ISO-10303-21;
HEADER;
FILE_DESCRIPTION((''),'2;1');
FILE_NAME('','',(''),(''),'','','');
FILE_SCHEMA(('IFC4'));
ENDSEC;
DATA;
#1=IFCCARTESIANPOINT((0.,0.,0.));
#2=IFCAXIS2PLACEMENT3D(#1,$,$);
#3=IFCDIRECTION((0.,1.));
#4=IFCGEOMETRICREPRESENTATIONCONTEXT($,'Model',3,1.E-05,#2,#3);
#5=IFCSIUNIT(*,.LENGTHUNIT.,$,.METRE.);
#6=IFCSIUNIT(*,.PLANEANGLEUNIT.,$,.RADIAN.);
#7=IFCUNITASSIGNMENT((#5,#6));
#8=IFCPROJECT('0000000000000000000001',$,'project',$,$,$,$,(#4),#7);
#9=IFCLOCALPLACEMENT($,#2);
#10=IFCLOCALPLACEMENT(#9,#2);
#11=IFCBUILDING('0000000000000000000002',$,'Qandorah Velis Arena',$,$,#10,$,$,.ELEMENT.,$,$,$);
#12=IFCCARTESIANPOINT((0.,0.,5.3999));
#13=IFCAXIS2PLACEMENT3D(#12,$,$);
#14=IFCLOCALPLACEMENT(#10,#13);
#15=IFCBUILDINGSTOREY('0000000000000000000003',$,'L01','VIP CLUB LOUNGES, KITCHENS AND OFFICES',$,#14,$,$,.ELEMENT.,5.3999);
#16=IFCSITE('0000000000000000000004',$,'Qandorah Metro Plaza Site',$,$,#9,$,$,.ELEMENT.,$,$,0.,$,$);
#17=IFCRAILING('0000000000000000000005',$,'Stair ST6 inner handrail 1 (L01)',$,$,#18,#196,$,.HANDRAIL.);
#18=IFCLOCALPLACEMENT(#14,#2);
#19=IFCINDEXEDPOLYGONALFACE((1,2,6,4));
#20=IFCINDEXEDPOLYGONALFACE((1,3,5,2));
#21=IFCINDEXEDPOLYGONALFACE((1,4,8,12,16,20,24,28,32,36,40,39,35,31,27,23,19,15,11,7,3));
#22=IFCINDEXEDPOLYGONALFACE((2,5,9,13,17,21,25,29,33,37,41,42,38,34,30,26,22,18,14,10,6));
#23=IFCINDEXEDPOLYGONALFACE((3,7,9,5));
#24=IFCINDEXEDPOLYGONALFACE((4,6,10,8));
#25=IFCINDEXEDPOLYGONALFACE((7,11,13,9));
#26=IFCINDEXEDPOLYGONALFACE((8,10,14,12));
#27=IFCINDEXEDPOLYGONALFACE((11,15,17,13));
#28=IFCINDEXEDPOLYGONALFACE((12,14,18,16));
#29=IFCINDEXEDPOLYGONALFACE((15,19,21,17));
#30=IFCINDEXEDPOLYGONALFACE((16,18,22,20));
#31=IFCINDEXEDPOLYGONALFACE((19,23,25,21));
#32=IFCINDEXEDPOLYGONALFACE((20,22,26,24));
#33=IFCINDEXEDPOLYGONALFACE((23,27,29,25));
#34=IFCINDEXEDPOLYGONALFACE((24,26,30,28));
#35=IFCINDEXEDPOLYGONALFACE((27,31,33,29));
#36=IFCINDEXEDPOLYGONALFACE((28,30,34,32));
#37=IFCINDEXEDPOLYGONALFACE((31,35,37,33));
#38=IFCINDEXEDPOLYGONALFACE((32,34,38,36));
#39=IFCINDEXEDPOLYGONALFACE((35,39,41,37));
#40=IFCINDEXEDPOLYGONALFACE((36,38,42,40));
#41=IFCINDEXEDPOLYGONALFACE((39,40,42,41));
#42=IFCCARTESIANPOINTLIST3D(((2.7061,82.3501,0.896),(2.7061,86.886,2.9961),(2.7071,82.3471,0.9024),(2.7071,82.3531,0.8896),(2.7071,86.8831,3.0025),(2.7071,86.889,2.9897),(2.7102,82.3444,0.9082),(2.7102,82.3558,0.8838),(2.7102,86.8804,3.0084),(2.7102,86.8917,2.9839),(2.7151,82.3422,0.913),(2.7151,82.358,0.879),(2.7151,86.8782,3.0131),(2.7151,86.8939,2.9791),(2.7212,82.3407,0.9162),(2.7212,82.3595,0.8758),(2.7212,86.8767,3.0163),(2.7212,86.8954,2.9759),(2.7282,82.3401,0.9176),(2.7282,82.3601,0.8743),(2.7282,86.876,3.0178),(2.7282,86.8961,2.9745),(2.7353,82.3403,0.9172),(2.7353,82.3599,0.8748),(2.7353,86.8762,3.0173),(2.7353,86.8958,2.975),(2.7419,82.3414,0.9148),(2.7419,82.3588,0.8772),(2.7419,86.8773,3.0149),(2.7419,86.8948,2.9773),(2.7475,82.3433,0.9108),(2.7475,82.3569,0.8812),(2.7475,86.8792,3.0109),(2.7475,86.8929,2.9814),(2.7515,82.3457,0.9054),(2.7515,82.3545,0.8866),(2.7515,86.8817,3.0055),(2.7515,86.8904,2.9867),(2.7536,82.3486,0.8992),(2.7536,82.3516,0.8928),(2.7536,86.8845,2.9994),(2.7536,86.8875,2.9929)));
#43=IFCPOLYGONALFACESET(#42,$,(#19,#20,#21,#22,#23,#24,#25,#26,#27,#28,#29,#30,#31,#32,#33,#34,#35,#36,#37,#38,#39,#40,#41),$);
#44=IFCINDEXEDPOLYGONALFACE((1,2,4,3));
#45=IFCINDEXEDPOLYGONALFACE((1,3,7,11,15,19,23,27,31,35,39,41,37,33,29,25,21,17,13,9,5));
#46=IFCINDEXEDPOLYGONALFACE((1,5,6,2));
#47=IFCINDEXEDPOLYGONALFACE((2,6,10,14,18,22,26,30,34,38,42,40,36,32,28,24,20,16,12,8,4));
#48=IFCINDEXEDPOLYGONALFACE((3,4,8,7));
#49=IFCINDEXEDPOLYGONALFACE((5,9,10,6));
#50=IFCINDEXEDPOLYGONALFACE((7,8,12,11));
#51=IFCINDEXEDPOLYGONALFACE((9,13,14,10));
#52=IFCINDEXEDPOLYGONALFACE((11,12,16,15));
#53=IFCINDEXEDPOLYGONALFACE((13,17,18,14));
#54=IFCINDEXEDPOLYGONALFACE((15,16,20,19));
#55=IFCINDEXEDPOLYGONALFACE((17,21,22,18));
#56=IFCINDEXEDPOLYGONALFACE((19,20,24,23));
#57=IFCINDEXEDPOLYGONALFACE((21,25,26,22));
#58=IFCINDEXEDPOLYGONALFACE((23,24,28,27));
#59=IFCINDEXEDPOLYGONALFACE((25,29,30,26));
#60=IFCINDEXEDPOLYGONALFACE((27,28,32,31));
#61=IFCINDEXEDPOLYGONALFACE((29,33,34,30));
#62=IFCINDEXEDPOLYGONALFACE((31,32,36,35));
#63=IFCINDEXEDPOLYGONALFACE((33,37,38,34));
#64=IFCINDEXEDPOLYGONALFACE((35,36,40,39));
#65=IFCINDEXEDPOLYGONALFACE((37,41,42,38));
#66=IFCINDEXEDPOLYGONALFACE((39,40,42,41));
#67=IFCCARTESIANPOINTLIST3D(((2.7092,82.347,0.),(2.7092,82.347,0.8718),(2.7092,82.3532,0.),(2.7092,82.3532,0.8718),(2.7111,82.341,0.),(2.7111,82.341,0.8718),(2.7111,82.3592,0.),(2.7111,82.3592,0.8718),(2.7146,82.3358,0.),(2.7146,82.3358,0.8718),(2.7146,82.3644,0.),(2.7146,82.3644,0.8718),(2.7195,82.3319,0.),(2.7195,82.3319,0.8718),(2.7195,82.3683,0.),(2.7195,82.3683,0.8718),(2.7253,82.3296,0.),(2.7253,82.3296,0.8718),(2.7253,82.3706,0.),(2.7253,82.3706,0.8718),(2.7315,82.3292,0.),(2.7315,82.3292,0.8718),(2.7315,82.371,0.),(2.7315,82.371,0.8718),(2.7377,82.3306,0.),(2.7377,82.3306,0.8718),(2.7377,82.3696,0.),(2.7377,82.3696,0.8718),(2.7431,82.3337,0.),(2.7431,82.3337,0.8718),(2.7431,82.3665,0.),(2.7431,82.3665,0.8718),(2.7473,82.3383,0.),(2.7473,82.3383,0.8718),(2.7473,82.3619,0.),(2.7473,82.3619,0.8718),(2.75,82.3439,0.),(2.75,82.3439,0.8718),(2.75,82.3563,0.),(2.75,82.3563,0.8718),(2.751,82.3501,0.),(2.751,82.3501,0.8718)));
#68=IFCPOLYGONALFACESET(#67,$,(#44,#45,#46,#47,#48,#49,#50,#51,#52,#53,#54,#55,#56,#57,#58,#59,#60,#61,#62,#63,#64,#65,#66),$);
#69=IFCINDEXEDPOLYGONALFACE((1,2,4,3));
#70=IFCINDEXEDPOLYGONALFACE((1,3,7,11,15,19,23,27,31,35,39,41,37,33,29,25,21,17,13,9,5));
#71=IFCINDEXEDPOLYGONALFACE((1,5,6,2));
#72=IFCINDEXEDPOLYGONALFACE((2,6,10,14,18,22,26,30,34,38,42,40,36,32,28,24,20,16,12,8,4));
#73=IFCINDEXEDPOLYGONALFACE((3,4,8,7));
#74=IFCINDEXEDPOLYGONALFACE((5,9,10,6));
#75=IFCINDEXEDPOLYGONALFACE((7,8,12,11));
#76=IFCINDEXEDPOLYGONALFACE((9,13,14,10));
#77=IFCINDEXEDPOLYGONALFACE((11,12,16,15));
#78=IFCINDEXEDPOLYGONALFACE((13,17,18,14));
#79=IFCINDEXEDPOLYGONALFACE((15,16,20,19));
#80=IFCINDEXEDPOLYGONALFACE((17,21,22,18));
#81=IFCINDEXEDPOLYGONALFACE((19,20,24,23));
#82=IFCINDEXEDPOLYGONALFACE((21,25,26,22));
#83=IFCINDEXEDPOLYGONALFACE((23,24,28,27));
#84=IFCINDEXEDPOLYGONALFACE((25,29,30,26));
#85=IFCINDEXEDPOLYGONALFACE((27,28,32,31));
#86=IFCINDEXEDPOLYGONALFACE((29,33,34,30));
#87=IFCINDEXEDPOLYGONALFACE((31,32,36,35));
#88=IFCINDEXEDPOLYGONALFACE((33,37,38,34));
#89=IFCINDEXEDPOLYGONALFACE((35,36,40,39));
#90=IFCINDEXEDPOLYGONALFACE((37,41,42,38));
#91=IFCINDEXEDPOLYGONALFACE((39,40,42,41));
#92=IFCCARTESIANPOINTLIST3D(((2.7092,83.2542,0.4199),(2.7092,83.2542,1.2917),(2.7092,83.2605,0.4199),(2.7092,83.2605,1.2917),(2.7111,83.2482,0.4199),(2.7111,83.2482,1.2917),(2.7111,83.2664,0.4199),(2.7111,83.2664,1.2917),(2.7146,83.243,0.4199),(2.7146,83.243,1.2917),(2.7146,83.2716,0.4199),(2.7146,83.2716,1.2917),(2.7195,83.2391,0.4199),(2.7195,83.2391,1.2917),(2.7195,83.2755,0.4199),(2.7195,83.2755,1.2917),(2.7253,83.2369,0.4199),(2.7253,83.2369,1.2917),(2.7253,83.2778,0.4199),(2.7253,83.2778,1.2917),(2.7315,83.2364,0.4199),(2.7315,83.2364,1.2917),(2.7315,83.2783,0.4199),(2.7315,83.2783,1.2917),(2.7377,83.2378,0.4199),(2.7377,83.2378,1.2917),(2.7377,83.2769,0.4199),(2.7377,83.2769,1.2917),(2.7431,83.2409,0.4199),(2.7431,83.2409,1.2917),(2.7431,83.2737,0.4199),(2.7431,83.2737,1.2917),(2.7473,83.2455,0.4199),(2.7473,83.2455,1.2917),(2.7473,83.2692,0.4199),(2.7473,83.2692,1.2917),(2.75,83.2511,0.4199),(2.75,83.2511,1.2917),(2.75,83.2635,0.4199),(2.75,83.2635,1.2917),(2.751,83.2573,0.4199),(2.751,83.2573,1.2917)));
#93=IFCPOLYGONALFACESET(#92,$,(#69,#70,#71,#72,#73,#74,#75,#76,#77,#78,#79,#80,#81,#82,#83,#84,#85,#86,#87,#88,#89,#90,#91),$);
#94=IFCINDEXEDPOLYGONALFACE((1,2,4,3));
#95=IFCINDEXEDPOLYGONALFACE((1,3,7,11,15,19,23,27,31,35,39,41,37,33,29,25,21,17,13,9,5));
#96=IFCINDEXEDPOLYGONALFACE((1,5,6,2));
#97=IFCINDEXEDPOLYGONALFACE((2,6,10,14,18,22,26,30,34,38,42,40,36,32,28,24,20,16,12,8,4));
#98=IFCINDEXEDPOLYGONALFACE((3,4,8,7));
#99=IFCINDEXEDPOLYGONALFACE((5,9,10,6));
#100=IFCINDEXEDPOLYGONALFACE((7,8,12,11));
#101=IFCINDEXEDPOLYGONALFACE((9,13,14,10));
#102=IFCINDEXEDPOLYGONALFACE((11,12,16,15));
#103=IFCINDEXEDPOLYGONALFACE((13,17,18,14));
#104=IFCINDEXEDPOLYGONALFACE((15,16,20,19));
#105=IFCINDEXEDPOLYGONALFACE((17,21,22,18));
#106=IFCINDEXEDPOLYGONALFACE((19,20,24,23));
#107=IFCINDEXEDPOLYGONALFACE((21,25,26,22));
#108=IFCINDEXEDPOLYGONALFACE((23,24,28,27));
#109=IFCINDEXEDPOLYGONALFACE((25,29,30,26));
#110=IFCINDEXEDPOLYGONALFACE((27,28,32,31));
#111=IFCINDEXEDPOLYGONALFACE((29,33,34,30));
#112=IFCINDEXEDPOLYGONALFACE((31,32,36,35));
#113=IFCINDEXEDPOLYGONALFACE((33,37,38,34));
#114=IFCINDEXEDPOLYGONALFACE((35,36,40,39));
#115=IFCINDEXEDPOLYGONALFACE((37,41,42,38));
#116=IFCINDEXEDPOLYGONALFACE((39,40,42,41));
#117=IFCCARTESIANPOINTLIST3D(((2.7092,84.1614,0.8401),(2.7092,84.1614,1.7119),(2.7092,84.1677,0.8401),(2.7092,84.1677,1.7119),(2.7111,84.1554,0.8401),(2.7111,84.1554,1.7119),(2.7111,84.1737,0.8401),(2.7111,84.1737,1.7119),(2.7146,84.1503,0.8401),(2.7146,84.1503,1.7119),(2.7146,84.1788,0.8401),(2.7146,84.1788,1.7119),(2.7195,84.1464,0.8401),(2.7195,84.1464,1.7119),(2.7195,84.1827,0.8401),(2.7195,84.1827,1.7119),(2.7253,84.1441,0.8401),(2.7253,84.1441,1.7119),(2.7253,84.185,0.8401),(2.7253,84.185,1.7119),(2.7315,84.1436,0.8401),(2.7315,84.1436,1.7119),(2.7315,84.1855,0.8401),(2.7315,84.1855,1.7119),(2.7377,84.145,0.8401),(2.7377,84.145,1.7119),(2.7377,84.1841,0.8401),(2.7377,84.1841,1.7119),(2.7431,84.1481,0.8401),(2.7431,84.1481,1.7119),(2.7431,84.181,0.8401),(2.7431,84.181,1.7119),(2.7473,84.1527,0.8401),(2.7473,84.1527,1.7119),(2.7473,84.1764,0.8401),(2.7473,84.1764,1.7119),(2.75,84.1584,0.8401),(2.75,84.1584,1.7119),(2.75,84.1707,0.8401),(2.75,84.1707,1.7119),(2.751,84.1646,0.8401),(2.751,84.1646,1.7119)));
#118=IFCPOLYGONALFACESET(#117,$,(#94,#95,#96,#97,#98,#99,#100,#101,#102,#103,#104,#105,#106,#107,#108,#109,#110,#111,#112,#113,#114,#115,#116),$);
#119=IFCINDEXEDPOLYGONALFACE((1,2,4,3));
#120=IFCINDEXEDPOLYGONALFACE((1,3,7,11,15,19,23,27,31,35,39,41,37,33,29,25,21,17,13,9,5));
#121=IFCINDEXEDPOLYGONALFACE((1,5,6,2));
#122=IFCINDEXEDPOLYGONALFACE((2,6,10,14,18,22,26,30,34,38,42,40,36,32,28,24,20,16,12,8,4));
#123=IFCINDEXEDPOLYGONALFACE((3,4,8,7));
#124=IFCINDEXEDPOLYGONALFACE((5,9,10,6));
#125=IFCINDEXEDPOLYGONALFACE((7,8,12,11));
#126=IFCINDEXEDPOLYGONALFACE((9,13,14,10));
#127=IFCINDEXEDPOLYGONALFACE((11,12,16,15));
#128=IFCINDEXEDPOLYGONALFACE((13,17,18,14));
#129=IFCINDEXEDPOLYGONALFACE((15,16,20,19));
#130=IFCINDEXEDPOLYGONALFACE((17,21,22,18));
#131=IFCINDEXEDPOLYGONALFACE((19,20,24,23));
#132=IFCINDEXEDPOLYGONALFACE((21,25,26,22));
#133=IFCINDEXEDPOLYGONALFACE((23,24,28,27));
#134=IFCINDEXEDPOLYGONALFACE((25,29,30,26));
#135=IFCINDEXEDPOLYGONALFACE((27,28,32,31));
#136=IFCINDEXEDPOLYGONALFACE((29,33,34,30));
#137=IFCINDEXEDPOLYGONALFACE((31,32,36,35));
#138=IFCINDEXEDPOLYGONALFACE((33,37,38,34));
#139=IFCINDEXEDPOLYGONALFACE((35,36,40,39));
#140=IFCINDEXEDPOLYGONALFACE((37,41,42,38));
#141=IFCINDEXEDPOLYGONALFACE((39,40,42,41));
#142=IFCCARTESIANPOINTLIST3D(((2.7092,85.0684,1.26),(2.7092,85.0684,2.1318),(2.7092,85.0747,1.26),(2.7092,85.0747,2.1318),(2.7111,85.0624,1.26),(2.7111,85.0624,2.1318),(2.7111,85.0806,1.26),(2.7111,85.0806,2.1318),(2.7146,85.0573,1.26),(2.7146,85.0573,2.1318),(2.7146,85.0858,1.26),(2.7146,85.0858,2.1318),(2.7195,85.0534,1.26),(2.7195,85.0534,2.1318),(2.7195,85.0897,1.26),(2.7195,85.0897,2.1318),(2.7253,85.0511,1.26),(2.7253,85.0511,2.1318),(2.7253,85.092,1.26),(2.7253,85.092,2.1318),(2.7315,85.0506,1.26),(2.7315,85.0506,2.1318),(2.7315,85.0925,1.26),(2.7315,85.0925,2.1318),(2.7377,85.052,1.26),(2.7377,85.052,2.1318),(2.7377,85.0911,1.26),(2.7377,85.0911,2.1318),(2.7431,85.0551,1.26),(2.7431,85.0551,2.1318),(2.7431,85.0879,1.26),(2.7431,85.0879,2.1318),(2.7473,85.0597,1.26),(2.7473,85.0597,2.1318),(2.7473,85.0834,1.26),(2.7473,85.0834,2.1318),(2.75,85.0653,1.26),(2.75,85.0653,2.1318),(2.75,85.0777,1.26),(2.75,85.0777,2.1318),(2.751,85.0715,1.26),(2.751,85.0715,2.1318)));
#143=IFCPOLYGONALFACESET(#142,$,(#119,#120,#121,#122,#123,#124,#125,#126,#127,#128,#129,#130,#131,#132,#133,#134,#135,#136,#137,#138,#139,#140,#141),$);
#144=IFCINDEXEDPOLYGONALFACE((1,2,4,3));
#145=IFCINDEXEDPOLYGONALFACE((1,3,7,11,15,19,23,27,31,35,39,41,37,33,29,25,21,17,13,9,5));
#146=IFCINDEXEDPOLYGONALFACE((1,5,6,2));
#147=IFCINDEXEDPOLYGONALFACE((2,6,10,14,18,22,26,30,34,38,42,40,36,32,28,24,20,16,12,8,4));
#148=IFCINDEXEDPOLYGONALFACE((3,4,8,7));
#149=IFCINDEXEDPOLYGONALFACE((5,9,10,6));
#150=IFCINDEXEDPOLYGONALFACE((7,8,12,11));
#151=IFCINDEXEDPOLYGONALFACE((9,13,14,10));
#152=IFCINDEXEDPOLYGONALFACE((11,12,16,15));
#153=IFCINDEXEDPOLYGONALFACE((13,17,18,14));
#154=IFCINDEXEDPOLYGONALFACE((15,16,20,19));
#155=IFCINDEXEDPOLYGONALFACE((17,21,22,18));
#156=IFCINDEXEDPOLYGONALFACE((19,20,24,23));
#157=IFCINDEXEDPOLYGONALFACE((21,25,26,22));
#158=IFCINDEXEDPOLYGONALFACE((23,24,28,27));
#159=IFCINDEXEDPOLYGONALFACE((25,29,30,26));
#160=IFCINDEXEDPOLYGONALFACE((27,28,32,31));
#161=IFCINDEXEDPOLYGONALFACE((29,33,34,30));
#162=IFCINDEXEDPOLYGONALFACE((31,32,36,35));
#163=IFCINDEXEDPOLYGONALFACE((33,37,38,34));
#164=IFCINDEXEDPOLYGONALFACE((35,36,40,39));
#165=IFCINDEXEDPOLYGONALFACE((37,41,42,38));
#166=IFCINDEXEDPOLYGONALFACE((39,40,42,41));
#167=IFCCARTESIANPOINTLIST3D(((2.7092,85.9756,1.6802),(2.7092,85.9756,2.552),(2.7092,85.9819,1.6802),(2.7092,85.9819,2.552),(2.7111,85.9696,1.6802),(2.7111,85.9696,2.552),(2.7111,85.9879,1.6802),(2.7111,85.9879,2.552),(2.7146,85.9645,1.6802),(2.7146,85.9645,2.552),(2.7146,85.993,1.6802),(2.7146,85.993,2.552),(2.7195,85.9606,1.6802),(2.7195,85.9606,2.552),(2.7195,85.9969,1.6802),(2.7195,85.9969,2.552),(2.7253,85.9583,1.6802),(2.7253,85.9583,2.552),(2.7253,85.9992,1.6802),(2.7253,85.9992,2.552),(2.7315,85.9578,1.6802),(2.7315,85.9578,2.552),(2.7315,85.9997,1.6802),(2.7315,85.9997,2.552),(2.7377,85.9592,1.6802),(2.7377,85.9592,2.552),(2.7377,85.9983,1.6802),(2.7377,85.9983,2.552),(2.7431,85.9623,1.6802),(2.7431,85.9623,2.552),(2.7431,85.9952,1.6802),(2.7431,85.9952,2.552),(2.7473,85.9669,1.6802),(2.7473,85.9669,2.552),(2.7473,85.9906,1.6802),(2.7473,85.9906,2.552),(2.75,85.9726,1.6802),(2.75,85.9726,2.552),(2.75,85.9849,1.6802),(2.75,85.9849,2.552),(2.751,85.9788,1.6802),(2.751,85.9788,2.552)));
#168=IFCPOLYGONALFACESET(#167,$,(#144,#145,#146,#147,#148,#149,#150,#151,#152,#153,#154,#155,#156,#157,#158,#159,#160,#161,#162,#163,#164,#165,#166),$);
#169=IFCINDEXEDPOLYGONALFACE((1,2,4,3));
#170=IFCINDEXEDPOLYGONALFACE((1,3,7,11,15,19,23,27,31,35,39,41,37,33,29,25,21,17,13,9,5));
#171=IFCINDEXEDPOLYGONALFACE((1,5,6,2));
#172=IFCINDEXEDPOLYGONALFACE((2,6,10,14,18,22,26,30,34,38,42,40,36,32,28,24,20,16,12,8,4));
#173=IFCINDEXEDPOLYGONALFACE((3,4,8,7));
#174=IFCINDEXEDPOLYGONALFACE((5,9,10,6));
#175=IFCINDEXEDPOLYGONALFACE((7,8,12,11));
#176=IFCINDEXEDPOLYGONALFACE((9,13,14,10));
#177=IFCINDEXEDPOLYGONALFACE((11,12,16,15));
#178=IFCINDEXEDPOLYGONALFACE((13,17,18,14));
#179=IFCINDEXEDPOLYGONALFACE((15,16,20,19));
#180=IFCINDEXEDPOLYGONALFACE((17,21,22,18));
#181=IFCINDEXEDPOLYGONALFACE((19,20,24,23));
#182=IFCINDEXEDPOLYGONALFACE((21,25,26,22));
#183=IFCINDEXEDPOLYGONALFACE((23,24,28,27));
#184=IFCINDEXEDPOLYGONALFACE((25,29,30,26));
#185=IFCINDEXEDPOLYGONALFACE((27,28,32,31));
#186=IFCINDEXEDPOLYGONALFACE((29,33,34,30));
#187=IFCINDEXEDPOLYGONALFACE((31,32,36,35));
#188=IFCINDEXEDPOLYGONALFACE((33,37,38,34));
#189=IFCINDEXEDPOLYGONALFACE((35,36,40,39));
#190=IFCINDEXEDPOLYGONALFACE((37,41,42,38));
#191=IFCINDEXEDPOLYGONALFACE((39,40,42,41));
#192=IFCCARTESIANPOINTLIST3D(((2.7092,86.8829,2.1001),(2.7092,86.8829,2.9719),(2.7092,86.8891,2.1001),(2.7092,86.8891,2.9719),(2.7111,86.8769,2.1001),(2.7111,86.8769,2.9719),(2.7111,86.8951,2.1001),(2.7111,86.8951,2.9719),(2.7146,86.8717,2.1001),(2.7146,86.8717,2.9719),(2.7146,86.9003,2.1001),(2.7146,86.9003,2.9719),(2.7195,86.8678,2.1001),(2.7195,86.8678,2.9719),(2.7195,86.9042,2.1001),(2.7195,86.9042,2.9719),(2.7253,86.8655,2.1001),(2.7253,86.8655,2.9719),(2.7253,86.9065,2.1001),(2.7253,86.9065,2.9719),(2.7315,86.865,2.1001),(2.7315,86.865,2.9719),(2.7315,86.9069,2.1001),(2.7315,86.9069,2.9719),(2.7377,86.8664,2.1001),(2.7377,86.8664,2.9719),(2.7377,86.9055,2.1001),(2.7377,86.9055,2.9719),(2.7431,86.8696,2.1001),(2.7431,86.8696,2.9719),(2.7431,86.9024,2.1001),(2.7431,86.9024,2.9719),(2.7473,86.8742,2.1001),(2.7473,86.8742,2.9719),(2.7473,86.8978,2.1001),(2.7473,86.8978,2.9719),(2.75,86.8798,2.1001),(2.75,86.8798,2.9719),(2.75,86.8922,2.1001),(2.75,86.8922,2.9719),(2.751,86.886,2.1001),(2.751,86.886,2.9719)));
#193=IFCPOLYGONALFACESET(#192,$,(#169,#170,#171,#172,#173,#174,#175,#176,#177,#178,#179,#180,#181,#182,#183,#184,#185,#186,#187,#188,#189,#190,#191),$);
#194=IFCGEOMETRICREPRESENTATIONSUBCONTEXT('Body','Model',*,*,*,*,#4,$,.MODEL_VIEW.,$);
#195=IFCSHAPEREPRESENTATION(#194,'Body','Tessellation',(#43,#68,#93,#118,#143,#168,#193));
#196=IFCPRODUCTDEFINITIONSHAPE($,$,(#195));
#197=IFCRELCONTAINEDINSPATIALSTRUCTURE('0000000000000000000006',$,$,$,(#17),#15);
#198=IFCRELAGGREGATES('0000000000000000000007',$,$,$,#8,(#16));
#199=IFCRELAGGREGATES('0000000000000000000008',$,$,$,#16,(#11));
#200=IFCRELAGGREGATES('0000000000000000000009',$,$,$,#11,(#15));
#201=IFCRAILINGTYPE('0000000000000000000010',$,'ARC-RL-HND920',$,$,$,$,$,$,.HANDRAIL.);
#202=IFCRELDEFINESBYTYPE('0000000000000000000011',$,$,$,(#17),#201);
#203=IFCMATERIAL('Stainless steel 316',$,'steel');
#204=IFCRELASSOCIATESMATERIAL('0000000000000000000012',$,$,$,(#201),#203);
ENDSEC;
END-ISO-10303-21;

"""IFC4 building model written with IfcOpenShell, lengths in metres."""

from ifc_helpers import new_model, si_unit, direction, frame, origin, origin_2d, place, context, subcontext, project, spatial, circle, extrude, material, type_object, element, save


model = new_model("IFC4")

# Units and contexts
model_context = context("Model", 3, precision=1e-05, world=origin(), true_north=direction((0.0, 1.0)))
body_context = subcontext(model_context, "Body", "Model", "MODEL_VIEW")
ifc_project = project(units=[si_unit("LENGTHUNIT", "METRE"), si_unit("PLANEANGLEUNIT", "RADIAN")], contexts=[model_context])

# Site, building, storey
site_placement = place(None, origin())
site = spatial("IfcSite", under=ifc_project, at=site_placement, Name="Qandorah Metro Plaza Site", CompositionType="ELEMENT", RefElevation=0.0)
building_placement = place(site_placement, origin())
building = spatial("IfcBuilding", under=site, at=building_placement, Name="Qandorah Velis Arena", CompositionType="ELEMENT")
storey_placement = place(building_placement, frame((0.0, 0.0, 5.3999)))
storey = spatial("IfcBuildingStorey", under=building, at=storey_placement, Name="L01", Description="VIP CLUB LOUNGES, KITCHENS AND OFFICES", CompositionType="ELEMENT", Elevation=5.3999)

# Railing
ifc_material_1 = material(Name="Stainless steel 316", Category="steel")
railing_type_1 = type_object("IfcRailingType", Name="ARC-RL-HND920", PredefinedType="HANDRAIL", material=ifc_material_1)
railing_1_placement = place(storey_placement, frame((2.73, 82.3501, 0.0)))
element("IfcRailing", 1, at=railing_1_placement, inside=storey, type_object=railing_type_1, Name="Stair ST6 inner handrail 1 (L01)", PredefinedType="HANDRAIL", context=body_context, shape_type="SweptSolid", body=[
    extrude(circle(Radius=0.0239, at=origin_2d()), frame((0.0, 0.0, 0.896), z_axis=(0.0, 0.907456, 0.420148), x_axis=(-1.0, 0.0, 0.0)), (0.0, 0.0, 1.0), 4.9985),
    extrude(circle(Radius=0.021, at=origin_2d()), origin(), (0.0, 0.0, 1.0), 0.8718),
    extrude(circle(Radius=0.021, at=origin_2d()), frame((0.0, 0.9072, 0.4199)), (0.0, 0.0, 1.0), 0.8718),
    extrude(circle(Radius=0.021, at=origin_2d()), frame((0.0, 1.8145, 0.8401)), (0.0, 0.0, 1.0), 0.8718),
    extrude(circle(Radius=0.021, at=origin_2d()), frame((0.0, 2.7214, 1.26)), (0.0, 0.0, 1.0), 0.8718),
    extrude(circle(Radius=0.021, at=origin_2d()), frame((0.0, 3.6287, 1.6802)), (0.0, 0.0, 1.0), 0.8718),
    extrude(circle(Radius=0.021, at=origin_2d()), frame((0.0, 4.5359, 2.1001)), (0.0, 0.0, 1.0), 0.8718),
])

save(model, "model.ifc")
